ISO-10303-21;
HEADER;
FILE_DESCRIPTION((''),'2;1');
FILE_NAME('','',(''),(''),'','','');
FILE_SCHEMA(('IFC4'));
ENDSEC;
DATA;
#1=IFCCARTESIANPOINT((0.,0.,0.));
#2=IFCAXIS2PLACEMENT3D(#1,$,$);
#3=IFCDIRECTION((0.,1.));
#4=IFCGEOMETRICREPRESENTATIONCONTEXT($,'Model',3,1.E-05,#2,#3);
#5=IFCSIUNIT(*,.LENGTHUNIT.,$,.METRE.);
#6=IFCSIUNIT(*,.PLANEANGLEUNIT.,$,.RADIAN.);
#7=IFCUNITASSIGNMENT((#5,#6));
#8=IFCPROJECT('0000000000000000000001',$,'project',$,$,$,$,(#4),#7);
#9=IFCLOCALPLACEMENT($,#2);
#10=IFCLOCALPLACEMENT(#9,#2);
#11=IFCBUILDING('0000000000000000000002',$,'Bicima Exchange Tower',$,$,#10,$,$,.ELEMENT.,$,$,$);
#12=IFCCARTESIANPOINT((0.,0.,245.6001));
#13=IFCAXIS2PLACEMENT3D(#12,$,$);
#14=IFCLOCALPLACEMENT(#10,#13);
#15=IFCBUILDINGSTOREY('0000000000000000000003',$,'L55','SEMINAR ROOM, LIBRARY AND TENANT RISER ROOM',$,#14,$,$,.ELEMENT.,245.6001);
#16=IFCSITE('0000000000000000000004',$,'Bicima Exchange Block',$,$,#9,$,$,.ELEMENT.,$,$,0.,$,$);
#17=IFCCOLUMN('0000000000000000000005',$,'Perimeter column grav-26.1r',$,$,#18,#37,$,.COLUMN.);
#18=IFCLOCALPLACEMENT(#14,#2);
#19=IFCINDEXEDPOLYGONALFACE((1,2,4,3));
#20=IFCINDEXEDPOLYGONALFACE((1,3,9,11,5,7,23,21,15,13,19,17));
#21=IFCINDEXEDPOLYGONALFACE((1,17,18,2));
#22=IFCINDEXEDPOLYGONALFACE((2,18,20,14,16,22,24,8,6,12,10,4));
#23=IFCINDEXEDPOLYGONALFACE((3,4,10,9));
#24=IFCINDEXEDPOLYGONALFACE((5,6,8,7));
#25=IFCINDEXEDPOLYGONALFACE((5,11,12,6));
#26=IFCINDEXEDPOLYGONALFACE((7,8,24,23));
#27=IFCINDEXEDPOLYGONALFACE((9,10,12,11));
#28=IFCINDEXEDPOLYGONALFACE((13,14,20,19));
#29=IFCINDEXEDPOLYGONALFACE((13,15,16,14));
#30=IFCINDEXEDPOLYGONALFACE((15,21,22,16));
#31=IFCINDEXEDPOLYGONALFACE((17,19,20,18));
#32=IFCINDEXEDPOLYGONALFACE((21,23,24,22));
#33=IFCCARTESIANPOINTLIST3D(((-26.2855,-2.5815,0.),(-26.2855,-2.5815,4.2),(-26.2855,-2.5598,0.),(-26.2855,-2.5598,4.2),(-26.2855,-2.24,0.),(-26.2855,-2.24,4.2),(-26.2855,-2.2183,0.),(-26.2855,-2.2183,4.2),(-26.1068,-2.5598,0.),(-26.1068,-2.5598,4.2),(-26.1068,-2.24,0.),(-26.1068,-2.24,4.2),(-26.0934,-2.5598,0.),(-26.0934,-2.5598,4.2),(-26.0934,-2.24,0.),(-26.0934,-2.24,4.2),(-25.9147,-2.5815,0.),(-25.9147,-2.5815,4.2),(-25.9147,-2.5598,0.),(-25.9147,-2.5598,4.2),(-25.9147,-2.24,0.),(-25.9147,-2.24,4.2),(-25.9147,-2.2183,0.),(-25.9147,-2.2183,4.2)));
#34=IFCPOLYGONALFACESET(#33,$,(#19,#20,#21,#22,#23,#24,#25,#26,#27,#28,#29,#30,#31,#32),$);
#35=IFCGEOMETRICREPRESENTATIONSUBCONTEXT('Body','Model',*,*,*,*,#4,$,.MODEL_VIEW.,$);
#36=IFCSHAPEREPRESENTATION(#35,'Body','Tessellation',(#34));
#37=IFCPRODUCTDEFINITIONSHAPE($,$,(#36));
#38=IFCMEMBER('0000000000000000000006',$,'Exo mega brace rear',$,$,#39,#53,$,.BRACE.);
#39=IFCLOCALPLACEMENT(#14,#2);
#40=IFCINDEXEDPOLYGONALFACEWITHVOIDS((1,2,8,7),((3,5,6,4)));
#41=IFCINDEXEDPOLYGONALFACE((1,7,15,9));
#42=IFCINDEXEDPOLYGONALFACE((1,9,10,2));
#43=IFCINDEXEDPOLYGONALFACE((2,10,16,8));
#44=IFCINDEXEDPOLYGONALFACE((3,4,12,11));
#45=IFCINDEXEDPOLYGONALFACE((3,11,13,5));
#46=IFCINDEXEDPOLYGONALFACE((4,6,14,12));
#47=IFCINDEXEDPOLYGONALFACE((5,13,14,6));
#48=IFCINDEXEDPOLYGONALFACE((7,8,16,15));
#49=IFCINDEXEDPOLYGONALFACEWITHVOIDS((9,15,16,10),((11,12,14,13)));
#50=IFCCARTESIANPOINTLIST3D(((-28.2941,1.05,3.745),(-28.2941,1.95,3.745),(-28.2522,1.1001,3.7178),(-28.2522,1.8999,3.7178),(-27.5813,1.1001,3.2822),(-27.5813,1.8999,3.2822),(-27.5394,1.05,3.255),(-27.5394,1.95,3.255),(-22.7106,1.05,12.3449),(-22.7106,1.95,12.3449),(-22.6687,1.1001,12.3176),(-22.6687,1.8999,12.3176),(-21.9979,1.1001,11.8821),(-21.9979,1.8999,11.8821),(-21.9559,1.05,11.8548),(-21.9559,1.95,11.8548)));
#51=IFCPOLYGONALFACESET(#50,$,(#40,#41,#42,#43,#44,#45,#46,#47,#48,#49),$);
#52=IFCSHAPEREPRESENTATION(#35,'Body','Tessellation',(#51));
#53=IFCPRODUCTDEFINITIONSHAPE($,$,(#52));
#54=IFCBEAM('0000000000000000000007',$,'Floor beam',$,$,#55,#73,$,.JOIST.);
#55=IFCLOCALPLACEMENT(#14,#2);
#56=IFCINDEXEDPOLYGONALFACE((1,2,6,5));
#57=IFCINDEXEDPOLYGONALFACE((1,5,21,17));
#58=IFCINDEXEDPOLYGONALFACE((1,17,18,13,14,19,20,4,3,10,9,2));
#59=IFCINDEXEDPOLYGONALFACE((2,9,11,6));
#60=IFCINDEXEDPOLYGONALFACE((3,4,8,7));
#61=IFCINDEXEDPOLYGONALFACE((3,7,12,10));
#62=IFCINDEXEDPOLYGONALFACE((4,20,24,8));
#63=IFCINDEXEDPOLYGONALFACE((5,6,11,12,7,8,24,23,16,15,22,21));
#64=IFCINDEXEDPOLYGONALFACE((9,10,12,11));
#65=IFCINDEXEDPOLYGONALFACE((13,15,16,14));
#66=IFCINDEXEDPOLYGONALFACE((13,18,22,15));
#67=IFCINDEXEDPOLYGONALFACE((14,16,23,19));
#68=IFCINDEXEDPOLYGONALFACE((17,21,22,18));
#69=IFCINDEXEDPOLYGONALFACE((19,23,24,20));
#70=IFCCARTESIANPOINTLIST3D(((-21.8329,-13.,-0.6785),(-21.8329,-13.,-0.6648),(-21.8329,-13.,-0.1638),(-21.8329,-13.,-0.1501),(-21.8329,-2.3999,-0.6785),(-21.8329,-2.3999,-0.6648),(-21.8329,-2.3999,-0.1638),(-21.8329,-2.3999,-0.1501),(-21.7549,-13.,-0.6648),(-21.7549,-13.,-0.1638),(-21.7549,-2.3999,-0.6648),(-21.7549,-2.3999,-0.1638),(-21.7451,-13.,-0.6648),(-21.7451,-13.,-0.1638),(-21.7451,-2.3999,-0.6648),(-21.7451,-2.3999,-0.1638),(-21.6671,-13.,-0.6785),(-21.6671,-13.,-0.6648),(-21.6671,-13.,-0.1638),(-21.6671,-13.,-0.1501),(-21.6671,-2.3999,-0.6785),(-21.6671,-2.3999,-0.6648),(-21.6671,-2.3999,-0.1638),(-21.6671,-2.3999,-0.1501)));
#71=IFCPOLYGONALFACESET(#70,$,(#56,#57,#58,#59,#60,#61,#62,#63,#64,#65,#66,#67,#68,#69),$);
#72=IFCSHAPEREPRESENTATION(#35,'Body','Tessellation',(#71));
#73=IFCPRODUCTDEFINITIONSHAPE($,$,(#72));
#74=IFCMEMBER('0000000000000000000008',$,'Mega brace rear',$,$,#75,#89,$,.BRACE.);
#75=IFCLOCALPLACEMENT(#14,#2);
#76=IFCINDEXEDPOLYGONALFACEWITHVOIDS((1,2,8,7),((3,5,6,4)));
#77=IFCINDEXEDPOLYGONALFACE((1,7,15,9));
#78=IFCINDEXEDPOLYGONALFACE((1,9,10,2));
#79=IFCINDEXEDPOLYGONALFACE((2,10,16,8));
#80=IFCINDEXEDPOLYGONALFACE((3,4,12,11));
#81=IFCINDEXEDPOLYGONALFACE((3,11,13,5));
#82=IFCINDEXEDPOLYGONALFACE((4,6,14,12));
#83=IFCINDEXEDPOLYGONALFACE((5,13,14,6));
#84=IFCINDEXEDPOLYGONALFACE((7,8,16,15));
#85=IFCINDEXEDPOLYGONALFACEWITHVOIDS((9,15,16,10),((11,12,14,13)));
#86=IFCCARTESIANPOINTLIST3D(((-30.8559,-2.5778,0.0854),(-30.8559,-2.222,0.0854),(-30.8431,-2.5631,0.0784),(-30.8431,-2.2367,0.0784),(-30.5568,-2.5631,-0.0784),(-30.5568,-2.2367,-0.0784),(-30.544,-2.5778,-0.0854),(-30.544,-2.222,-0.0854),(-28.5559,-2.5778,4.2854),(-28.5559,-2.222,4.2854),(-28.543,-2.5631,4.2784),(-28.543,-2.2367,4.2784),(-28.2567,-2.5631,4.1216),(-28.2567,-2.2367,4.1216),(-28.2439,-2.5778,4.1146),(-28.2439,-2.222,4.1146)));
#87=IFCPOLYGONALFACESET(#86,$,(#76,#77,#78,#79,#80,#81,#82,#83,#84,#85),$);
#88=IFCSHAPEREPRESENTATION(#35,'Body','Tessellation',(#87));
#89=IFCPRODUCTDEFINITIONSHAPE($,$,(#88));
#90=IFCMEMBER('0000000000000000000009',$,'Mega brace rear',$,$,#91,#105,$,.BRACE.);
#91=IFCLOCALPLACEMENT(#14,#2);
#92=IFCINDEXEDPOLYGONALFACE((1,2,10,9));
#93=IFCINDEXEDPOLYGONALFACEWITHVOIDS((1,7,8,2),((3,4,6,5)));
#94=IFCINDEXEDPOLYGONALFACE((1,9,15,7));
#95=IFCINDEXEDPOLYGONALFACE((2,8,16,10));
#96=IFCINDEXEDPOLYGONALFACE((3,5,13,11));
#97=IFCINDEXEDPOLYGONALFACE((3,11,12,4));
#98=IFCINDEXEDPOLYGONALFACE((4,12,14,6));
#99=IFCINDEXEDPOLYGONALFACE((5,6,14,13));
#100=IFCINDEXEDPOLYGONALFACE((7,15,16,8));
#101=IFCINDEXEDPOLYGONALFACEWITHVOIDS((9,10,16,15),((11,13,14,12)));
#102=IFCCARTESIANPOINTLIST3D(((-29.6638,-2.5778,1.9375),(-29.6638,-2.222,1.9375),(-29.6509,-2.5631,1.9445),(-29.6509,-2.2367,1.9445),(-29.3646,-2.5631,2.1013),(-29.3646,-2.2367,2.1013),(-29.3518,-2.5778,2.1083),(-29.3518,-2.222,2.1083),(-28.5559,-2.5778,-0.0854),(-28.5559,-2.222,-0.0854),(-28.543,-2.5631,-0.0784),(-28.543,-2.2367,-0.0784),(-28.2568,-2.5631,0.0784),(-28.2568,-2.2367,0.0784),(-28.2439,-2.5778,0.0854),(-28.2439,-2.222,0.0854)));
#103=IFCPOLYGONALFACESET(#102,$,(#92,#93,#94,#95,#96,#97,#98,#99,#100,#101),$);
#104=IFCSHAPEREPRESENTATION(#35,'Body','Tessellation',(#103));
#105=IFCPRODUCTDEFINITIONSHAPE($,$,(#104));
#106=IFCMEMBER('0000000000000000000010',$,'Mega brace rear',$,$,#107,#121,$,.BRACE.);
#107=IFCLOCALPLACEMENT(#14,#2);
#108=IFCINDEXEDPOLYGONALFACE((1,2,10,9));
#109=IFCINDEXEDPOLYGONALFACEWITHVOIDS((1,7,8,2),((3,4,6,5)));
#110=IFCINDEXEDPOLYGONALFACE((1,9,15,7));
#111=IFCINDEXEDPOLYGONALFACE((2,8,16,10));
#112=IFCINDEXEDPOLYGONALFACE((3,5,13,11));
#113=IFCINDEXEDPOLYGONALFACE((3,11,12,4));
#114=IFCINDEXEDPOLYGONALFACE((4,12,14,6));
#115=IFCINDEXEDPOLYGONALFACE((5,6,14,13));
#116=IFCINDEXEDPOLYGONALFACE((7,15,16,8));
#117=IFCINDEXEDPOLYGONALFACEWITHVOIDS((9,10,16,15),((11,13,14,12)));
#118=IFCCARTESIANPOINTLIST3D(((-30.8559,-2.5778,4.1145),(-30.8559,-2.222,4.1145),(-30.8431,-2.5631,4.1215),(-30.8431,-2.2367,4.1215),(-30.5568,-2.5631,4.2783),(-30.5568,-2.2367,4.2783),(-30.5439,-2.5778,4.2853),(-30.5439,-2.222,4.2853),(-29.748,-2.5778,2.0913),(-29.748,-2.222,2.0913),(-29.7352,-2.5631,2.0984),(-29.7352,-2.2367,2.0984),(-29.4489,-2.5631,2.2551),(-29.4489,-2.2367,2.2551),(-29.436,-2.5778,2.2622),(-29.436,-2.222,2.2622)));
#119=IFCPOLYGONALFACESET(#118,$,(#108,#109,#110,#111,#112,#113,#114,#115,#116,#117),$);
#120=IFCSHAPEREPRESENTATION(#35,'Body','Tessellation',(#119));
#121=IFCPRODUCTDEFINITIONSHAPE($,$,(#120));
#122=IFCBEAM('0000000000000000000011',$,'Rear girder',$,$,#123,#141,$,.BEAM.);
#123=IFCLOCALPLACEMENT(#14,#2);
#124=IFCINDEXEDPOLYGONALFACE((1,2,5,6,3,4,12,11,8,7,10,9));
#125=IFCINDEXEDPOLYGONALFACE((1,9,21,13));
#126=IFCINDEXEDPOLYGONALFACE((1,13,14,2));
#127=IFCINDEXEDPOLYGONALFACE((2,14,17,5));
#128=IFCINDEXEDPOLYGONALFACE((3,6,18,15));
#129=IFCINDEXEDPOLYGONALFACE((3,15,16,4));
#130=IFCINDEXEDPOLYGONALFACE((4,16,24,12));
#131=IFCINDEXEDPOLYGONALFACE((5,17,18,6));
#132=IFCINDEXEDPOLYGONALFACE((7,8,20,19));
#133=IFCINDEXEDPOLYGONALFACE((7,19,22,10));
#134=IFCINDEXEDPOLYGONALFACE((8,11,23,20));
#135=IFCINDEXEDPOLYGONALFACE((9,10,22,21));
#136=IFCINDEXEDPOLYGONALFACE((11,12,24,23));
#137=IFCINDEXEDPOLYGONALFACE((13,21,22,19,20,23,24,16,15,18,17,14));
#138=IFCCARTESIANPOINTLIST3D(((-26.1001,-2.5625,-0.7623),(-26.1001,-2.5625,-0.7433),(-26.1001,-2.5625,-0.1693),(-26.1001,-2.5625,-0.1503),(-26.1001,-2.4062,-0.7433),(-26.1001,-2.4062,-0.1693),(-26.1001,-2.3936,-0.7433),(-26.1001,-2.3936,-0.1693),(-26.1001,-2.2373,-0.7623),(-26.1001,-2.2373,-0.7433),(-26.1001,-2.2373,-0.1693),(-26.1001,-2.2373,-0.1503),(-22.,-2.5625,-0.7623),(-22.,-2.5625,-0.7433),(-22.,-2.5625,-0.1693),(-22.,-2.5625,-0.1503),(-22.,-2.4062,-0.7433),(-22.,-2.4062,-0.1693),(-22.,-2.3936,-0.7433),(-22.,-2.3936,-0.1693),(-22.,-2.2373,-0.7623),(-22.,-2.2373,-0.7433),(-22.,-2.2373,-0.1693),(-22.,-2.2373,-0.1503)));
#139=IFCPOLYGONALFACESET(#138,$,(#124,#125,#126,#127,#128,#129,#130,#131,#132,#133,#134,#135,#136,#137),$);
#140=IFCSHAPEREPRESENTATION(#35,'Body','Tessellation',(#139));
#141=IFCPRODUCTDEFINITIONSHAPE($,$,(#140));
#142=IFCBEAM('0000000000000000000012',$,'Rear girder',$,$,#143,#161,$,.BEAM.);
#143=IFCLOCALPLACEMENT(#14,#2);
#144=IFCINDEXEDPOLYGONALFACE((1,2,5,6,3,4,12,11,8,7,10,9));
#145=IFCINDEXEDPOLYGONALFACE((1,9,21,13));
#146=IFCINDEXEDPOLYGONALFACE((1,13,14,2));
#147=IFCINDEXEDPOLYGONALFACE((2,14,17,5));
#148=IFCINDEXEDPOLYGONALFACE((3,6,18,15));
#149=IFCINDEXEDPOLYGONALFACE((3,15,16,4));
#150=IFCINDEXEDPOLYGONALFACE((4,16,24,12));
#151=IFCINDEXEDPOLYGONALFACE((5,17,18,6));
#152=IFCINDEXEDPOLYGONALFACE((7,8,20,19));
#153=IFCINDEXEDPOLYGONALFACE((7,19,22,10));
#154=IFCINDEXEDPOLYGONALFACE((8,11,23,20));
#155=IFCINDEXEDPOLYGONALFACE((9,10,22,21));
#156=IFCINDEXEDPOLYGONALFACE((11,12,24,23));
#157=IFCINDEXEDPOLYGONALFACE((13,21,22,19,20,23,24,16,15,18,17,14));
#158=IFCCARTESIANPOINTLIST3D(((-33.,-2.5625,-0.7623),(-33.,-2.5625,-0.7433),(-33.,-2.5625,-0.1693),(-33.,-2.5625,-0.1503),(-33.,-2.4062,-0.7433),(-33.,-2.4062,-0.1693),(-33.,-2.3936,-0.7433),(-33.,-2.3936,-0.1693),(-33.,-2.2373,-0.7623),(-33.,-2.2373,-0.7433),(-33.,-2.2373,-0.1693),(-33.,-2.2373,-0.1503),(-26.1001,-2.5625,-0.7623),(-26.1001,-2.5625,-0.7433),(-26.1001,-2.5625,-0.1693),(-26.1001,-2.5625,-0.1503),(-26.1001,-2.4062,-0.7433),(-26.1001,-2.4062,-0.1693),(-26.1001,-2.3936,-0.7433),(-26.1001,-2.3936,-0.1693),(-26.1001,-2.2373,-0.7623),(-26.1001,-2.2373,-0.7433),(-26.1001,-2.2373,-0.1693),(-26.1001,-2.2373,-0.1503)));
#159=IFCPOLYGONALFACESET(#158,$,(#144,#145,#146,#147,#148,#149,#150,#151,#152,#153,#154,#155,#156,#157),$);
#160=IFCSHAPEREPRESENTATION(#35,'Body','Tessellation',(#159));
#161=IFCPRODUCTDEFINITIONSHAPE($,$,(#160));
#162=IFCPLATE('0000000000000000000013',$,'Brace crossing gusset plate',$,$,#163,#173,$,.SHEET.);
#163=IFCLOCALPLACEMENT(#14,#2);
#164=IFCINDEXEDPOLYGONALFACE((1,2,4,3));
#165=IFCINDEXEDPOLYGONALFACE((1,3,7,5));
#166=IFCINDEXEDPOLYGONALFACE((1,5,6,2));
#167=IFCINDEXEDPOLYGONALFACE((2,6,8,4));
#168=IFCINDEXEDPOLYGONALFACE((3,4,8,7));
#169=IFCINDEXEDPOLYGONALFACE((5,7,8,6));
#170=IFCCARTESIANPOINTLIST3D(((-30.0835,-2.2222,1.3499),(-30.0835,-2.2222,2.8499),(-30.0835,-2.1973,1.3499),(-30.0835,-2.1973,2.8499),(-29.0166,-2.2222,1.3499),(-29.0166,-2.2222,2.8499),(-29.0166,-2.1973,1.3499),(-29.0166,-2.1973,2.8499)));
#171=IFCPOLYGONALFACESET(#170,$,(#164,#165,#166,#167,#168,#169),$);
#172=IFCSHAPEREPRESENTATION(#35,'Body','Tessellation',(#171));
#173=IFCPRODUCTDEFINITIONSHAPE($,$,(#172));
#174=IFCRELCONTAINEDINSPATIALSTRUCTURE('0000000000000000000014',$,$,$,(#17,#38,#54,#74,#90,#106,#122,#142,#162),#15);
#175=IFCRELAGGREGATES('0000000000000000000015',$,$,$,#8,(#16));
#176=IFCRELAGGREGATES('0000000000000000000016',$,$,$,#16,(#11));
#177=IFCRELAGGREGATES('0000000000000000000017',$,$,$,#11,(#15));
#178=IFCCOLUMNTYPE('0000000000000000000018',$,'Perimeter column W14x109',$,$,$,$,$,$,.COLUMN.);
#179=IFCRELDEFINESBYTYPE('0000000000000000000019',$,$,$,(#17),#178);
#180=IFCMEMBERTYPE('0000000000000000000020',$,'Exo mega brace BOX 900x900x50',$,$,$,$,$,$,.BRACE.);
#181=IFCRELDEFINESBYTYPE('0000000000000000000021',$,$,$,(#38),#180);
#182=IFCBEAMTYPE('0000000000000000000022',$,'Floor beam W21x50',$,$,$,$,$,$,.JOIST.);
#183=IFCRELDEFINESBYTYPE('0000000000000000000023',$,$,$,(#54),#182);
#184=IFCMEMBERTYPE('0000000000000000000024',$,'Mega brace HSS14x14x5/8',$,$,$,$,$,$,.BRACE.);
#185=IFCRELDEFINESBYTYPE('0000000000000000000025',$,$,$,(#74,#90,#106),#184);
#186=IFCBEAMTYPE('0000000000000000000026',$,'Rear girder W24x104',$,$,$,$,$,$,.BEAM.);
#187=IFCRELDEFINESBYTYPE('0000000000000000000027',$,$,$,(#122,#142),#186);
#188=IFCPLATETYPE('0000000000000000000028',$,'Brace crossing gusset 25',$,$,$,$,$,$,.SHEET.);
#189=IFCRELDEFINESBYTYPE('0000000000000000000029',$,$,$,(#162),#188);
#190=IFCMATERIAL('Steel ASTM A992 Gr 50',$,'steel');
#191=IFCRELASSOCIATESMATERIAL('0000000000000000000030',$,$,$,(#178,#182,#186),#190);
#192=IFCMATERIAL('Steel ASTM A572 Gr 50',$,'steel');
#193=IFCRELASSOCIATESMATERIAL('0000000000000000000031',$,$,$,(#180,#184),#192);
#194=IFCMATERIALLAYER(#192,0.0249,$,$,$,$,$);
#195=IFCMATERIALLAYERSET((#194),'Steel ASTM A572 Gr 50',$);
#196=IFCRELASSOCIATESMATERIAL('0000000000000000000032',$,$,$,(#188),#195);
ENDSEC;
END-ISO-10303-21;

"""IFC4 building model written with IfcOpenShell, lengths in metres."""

from ifc_helpers import new_model, si_unit, direction, frame, origin, origin_2d, place, context, subcontext, project, spatial, rectangle, hollow_rectangle, i_section, extrude, material, layer, layer_set, material_profile, profile_set, type_object, element, save


model = new_model("IFC4")

# Units and contexts
model_context = context("Model", 3, precision=1e-05, world=origin(), true_north=direction((0.0, 1.0)))
body_context = subcontext(model_context, "Body", "Model", "MODEL_VIEW")
ifc_project = project(units=[si_unit("LENGTHUNIT", "METRE"), si_unit("PLANEANGLEUNIT", "RADIAN")], contexts=[model_context])

# Site, building, storey
site_placement = place(None, origin())
site = spatial("IfcSite", under=ifc_project, at=site_placement, Name="Bicima Exchange Block", CompositionType="ELEMENT", RefElevation=0.0)
building_placement = place(site_placement, origin())
building = spatial("IfcBuilding", under=site, at=building_placement, Name="Bicima Exchange Tower", CompositionType="ELEMENT")
storey_placement = place(building_placement, frame((0.0, 0.0, 245.6001)))
storey = spatial("IfcBuildingStorey", under=building, at=storey_placement, Name="L55", Description="SEMINAR ROOM, LIBRARY AND TENANT RISER ROOM", CompositionType="ELEMENT", Elevation=245.6001)

# Column
ifc_material_1 = material(Name="Steel ASTM A992 Gr 50", Category="steel")
ifc_material_profile_1 = material_profile(ifc_material_1, i_section(OverallWidth=0.3708, OverallDepth=0.3633, WebThickness=0.0134, FlangeThickness=0.0217, at=origin_2d()))
ifc_profile_set_1 = profile_set([ifc_material_profile_1], Name="Steel ASTM A992 Gr 50")
column_type = type_object("IfcColumnType", Name="Perimeter column W14x109", PredefinedType="COLUMN", material=ifc_profile_set_1)
column_placement = place(storey_placement, frame((-26.1001, -2.3999, 0.0), z_axis=(0.0, 0.0, 1.0), x_axis=(1.0, 0.0, 0.0)))
element("IfcColumn", 1, at=column_placement, inside=storey, type_object=column_type, Name="Perimeter column grav-26.1r", PredefinedType="COLUMN", context=body_context, shape_type="SweptSolid", body=[
    extrude(i_section(OverallWidth=0.3708, OverallDepth=0.3633, WebThickness=0.0134, FlangeThickness=0.0217, at=origin_2d()), origin(), (0.0, 0.0, 1.0), 4.2),
])

# Member
ifc_material_2 = material(Name="Steel ASTM A572 Gr 50", Category="steel")
ifc_material_profile_2 = material_profile(ifc_material_2, hollow_rectangle(XDim=0.8999, YDim=0.8999, WallThickness=0.05, at=origin_2d()))
ifc_profile_set_2 = profile_set([ifc_material_profile_2], Name="Steel ASTM A572 Gr 50")
member_type_1 = type_object("IfcMemberType", Name="Exo mega brace BOX 900x900x50", PredefinedType="BRACE", material=ifc_profile_set_2)
member_1_placement = place(storey_placement, frame((-27.9167, 1.5, 3.5), z_axis=(0.544549, 0.0, 0.838729), x_axis=(0.0, 1.0, 0.0)))
element("IfcMember", 2, at=member_1_placement, inside=storey, type_object=member_type_1, Name="Exo mega brace rear", PredefinedType="BRACE", context=body_context, shape_type="SweptSolid", body=[
    extrude(hollow_rectangle(XDim=0.8999, YDim=0.8999, WallThickness=0.05, at=origin_2d()), origin(), (0.0, 0.0, 1.0), 10.2534),
])

# Beam
ifc_material_profile_3 = material_profile(ifc_material_1, i_section(OverallWidth=0.1658, OverallDepth=0.5283, WebThickness=0.0098, FlangeThickness=0.0137, at=origin_2d()))
ifc_profile_set_3 = profile_set([ifc_material_profile_3], Name="Steel ASTM A992 Gr 50")
beam_type_1 = type_object("IfcBeamType", Name="Floor beam W21x50", PredefinedType="JOIST", material=ifc_profile_set_3)
beam_1_placement = place(storey_placement, frame((-21.75, -2.3999, -0.4143), z_axis=(0.0, -1.0, 0.0), x_axis=(1.0, 0.0, 0.0)))
element("IfcBeam", 3, at=beam_1_placement, inside=storey, type_object=beam_type_1, Name="Floor beam", PredefinedType="JOIST", context=body_context, shape_type="SweptSolid", body=[
    extrude(i_section(OverallWidth=0.1658, OverallDepth=0.5283, WebThickness=0.0098, FlangeThickness=0.0137, at=origin_2d()), origin(), (0.0, 0.0, 1.0), 10.6001),
])

# Members
ifc_material_profile_4 = material_profile(ifc_material_2, hollow_rectangle(XDim=0.3557, YDim=0.3557, WallThickness=0.0146, at=origin_2d()))
ifc_profile_set_4 = profile_set([ifc_material_profile_4], Name="Steel ASTM A572 Gr 50")
member_type_2 = type_object("IfcMemberType", Name="Mega brace HSS14x14x5/8", PredefinedType="BRACE", material=ifc_profile_set_4)
member_2_placement = place(storey_placement, frame((-30.7, -2.3999, 0.0), z_axis=(0.480327, 0.0, 0.87709), x_axis=(0.0, 1.0, 0.0)))
element("IfcMember", 4, at=member_2_placement, inside=storey, type_object=member_type_2, Name="Mega brace rear", PredefinedType="BRACE", context=body_context, shape_type="SweptSolid", body=[
    extrude(hollow_rectangle(XDim=0.3557, YDim=0.3557, WallThickness=0.0146, at=origin_2d()), origin(), (0.0, 0.0, 1.0), 4.7886),
])
member_3_placement = place(storey_placement, frame((-28.3999, -2.3999, 0.0), z_axis=(-0.48035, 0.0, 0.877077), x_axis=(0.0, -1.0, 0.0)))
element("IfcMember", 5, at=member_3_placement, inside=storey, type_object=member_type_2, Name="Mega brace rear", PredefinedType="BRACE", context=body_context, shape_type="SweptSolid", body=[
    extrude(hollow_rectangle(XDim=0.3557, YDim=0.3557, WallThickness=0.0146, at=origin_2d()), origin(), (0.0, 0.0, 1.0), 2.3064),
])
member_4_placement = place(storey_placement, frame((-29.592, -2.3999, 2.1768), z_axis=(-0.480305, 0.0, 0.877102), x_axis=(0.0, -1.0, 0.0)))
element("IfcMember", 6, at=member_4_placement, inside=storey, type_object=member_type_2, Name="Mega brace rear", PredefinedType="BRACE", context=body_context, shape_type="SweptSolid", body=[
    extrude(hollow_rectangle(XDim=0.3557, YDim=0.3557, WallThickness=0.0146, at=origin_2d()), origin(), (0.0, 0.0, 1.0), 2.3066),
])

# Beams
ifc_material_profile_5 = material_profile(ifc_material_1, i_section(OverallWidth=0.3252, OverallDepth=0.6121, WebThickness=0.0127, FlangeThickness=0.019, at=origin_2d()))
ifc_profile_set_5 = profile_set([ifc_material_profile_5], Name="Steel ASTM A992 Gr 50")
beam_type_2 = type_object("IfcBeamType", Name="Rear girder W24x104", PredefinedType="BEAM", material=ifc_profile_set_5)
beam_2_placement = place(storey_placement, frame((-22.0, -2.3999, -0.4563), z_axis=(-1.0, 0.0, 0.0), x_axis=(0.0, -1.0, 0.0)))
element("IfcBeam", 7, at=beam_2_placement, inside=storey, type_object=beam_type_2, Name="Rear girder", PredefinedType="BEAM", context=body_context, shape_type="SweptSolid", body=[
    extrude(i_section(OverallWidth=0.3252, OverallDepth=0.6121, WebThickness=0.0127, FlangeThickness=0.019, at=origin_2d()), origin(), (0.0, 0.0, 1.0), 4.1001),
])
beam_3_placement = place(storey_placement, frame((-26.1001, -2.3999, -0.4563), z_axis=(-1.0, 0.0, 0.0), x_axis=(0.0, -1.0, 0.0)))
element("IfcBeam", 8, at=beam_3_placement, inside=storey, type_object=beam_type_2, Name="Rear girder", PredefinedType="BEAM", context=body_context, shape_type="SweptSolid", body=[
    extrude(i_section(OverallWidth=0.3252, OverallDepth=0.6121, WebThickness=0.0127, FlangeThickness=0.019, at=origin_2d()), origin(), (0.0, 0.0, 1.0), 6.8999),
])

# Plate
ifc_layer_1 = layer(ifc_material_2, 0.0249)
ifc_layer_set_1 = layer_set([ifc_layer_1], Name="Steel ASTM A572 Gr 50")
plate_type = type_object("IfcPlateType", Name="Brace crossing gusset 25", PredefinedType="SHEET", material=ifc_layer_set_1)
plate_placement = place(storey_placement, frame((-29.55, -2.2097, 1.3499), z_axis=(0.0, 0.0, 1.0), x_axis=(1.0, 0.0, 0.0)))
element("IfcPlate", 9, at=plate_placement, inside=storey, type_object=plate_type, Name="Brace crossing gusset plate", PredefinedType="SHEET", context=body_context, shape_type="SweptSolid", body=[
    extrude(rectangle(XDim=1.0669, YDim=0.0249, at=origin_2d()), origin(), (0.0, 0.0, 1.0), 1.5),
])

save(model, "model.ifc")
